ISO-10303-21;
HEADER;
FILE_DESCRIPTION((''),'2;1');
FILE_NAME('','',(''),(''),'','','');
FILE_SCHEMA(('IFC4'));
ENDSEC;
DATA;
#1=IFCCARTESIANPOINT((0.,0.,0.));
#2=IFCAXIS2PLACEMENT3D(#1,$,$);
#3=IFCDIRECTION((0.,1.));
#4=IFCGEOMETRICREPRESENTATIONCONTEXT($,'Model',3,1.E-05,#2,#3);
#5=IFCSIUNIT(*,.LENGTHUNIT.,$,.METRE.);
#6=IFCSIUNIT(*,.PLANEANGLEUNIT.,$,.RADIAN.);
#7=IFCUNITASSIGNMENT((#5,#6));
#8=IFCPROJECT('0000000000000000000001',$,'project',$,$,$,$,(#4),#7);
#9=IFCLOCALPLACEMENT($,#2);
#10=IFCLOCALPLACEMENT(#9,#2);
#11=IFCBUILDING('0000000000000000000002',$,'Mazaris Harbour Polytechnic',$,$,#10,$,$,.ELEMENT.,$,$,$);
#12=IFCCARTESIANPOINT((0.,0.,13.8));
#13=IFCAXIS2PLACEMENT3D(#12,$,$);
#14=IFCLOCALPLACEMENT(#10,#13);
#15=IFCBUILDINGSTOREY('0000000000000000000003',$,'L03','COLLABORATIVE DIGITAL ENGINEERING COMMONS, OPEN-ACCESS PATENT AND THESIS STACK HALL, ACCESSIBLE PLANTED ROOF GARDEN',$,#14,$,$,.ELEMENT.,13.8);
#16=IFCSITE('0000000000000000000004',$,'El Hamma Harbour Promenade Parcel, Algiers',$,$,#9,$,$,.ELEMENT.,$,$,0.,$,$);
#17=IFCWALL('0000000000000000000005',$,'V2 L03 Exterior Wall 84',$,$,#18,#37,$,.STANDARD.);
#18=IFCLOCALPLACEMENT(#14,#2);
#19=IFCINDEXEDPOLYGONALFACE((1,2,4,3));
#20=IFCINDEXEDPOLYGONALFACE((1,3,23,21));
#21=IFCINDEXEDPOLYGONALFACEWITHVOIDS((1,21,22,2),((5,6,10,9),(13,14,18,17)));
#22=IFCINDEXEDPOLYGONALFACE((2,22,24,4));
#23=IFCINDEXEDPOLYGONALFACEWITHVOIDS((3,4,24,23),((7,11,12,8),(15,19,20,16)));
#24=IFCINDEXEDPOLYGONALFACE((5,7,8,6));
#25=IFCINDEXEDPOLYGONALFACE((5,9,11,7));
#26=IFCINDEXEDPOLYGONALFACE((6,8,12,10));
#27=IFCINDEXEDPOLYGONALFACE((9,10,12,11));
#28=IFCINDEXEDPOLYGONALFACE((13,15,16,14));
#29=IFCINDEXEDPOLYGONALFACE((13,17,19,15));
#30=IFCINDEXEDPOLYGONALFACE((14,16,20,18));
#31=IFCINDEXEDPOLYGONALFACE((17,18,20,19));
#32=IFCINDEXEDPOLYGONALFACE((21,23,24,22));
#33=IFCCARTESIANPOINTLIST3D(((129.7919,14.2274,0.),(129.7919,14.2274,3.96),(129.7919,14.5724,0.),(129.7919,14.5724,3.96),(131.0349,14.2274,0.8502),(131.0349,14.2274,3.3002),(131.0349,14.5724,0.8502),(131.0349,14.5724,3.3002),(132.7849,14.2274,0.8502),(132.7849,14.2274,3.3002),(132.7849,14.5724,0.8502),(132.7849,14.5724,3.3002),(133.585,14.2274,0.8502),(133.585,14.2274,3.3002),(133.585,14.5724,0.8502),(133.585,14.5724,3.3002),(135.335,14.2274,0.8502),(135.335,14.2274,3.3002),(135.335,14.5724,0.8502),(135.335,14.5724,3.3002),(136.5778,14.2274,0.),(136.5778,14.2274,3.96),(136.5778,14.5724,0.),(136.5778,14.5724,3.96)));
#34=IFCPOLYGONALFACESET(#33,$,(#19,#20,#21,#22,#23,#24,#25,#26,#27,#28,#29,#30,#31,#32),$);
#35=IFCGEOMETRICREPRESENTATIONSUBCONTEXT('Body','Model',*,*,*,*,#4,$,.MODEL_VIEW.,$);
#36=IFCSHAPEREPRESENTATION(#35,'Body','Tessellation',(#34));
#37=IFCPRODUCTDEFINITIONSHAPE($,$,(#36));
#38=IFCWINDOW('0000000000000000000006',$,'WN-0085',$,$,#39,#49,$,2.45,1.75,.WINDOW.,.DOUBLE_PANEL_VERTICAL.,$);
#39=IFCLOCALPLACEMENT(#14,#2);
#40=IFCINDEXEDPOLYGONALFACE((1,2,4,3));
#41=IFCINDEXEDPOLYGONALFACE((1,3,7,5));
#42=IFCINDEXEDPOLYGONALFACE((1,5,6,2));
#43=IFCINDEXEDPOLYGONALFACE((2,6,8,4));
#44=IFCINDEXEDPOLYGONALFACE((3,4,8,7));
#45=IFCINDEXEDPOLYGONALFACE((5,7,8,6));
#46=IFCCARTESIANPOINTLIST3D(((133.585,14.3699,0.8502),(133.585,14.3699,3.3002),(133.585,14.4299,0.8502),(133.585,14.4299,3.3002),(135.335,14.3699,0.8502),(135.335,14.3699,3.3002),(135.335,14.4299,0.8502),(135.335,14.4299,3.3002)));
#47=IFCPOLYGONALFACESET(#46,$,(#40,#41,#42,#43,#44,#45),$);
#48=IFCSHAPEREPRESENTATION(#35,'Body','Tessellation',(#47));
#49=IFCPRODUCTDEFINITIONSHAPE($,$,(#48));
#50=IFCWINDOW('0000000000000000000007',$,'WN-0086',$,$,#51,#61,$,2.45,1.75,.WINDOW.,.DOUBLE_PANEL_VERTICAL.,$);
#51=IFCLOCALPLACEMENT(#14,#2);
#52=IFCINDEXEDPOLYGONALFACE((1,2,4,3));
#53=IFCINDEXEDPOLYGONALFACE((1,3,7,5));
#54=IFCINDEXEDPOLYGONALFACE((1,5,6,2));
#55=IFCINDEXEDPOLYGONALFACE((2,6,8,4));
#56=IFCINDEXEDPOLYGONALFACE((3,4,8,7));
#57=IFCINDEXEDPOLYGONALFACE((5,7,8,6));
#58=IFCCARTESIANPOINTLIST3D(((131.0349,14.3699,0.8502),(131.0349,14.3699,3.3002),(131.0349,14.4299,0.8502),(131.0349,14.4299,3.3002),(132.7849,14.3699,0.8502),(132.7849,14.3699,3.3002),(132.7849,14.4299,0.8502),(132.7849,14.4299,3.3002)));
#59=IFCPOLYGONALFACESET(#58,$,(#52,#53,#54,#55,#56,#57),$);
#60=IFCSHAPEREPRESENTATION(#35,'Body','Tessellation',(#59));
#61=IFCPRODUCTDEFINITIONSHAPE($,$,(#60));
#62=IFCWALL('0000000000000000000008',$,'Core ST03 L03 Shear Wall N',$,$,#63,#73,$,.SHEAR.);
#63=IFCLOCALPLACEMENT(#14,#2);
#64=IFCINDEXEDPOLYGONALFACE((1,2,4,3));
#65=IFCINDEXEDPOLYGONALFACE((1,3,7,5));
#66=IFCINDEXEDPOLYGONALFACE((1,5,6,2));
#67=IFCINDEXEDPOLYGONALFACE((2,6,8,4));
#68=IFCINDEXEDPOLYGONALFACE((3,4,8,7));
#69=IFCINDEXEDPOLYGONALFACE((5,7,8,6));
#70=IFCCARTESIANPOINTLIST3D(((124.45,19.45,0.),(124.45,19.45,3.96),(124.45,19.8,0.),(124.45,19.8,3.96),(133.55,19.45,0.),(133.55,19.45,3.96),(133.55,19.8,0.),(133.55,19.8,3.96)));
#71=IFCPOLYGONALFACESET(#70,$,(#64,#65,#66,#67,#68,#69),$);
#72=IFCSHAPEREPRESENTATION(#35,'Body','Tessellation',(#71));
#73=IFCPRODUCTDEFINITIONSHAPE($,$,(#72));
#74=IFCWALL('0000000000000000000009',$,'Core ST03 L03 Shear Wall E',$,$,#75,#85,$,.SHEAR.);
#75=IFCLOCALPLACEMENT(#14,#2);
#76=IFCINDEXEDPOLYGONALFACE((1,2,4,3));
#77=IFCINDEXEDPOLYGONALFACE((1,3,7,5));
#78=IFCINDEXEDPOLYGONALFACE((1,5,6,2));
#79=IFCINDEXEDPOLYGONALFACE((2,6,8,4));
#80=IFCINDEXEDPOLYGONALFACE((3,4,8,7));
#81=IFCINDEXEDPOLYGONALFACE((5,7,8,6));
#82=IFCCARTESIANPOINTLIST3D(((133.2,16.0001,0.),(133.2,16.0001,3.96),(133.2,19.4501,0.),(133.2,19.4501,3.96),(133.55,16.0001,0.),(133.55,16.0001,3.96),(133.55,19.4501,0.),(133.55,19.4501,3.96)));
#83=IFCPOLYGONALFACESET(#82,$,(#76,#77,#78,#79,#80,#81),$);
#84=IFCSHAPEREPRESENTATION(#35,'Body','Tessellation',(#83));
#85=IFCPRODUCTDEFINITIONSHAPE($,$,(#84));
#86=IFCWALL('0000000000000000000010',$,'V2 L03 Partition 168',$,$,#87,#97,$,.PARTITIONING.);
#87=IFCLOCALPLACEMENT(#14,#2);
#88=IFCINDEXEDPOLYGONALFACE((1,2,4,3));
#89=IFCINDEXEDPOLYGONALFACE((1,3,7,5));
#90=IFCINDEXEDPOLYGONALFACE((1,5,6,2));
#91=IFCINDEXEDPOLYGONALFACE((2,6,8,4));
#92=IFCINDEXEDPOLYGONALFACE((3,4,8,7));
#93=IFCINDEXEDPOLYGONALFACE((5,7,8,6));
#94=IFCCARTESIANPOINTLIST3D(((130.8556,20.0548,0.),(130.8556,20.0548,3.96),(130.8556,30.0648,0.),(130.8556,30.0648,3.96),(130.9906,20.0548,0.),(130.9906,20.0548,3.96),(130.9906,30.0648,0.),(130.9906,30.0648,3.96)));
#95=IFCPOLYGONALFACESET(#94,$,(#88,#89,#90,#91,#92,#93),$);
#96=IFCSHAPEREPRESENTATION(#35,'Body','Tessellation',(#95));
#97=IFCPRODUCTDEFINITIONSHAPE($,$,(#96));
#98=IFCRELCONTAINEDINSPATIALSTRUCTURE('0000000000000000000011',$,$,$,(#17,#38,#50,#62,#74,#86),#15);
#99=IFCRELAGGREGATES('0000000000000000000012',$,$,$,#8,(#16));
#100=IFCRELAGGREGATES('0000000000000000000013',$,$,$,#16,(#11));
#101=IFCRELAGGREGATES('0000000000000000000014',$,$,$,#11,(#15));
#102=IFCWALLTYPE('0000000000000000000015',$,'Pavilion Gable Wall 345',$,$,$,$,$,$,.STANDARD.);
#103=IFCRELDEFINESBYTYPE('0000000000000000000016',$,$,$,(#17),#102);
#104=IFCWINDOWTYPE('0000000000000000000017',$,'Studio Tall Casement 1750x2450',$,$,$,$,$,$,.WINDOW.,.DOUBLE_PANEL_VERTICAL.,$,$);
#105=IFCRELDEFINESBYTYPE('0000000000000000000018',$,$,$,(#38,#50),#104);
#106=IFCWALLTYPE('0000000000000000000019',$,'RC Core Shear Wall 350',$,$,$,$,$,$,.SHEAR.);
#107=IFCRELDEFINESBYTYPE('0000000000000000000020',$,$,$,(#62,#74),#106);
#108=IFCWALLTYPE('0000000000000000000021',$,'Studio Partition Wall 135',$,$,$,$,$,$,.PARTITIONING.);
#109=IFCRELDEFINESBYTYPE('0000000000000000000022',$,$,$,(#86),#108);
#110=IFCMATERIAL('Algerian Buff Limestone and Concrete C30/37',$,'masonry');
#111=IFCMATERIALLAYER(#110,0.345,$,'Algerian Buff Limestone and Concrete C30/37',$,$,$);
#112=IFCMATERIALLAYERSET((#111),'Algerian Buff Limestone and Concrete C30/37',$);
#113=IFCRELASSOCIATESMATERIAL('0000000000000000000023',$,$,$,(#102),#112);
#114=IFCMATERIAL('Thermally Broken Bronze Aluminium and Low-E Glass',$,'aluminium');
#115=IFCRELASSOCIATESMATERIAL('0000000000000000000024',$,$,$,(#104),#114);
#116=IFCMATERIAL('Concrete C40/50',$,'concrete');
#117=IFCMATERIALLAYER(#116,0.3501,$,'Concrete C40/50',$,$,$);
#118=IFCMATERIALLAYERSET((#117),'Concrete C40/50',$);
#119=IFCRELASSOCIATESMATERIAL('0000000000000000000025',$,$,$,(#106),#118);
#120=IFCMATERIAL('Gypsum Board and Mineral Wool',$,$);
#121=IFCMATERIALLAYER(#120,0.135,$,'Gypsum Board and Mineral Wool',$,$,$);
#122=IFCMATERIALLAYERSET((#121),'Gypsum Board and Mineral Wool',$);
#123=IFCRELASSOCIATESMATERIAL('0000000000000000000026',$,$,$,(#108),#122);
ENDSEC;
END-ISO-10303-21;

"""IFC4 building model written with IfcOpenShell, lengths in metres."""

from ifc_helpers import new_model, si_unit, direction, frame, frame_2d, origin, place, context, subcontext, project, spatial, rectangle, extrude, material, layer, layer_set, type_object, element, fill, save


model = new_model("IFC4")

# Units and contexts
model_context = context("Model", 3, precision=1e-05, world=origin(), true_north=direction((0.0, 1.0)))
body_context = subcontext(model_context, "Body", "Model", "MODEL_VIEW")
ifc_project = project(units=[si_unit("LENGTHUNIT", "METRE"), si_unit("PLANEANGLEUNIT", "RADIAN")], contexts=[model_context])

# Site, building, storey
site_placement = place(None, origin())
site = spatial("IfcSite", under=ifc_project, at=site_placement, Name="El Hamma Harbour Promenade Parcel, Algiers", CompositionType="ELEMENT", RefElevation=0.0)
building_placement = place(site_placement, origin())
building = spatial("IfcBuilding", under=site, at=building_placement, Name="Mazaris Harbour Polytechnic", CompositionType="ELEMENT")
storey_placement = place(building_placement, frame((0.0, 0.0, 13.8)))
storey = spatial("IfcBuildingStorey", under=building, at=storey_placement, Name="L03", Description="COLLABORATIVE DIGITAL ENGINEERING COMMONS, OPEN-ACCESS PATENT AND THESIS STACK HALL, ACCESSIBLE PLANTED ROOF GARDEN", CompositionType="ELEMENT", Elevation=13.8)

# Wall, openings, windows
ifc_material_1 = material(Name="Algerian Buff Limestone and Concrete C30/37", Category="masonry")
ifc_layer_1 = layer(ifc_material_1, 0.345, Name="Algerian Buff Limestone and Concrete C30/37")
ifc_layer_set_1 = layer_set([ifc_layer_1], Name="Algerian Buff Limestone and Concrete C30/37")
wall_type_1 = type_object("IfcWallType", Name="Pavilion Gable Wall 345", PredefinedType="STANDARD", material=ifc_layer_set_1)
wall_1_placement = place(storey_placement, frame((136.5779, 14.3999, 0.0), z_axis=(0.0, 0.0, 1.0), x_axis=(-1.0, 0.0, 0.0)))
wall_1 = element("IfcWall", 1, at=wall_1_placement, inside=storey, type_object=wall_type_1, Name="V2 L03 Exterior Wall 84", PredefinedType="STANDARD", context=body_context, shape_type="SweptSolid", body=[
    extrude(rectangle(XDim=6.7859, YDim=0.345, at=frame_2d((3.3931, 0.0))), origin(), (0.0, 0.0, 1.0), 3.96),
])
opening_1_placement = place(wall_1_placement, frame((1.2429, 0.0, 0.8501)))
opening_1 = element("IfcOpeningElement", 2, at=opening_1_placement, cuts=wall_1, PredefinedType="OPENING", context=body_context, shape_type="SweptSolid", body=[
    extrude(rectangle(XDim=1.75, YDim=2.45, at=frame_2d((0.875, 1.2251))), frame((0.0, 0.1824, 0.0), z_axis=(0.0, -1.0, 0.0), x_axis=(1.0, 0.0, 0.0)), (0.0, 0.0, 1.0), 0.365),
])
opening_2_placement = place(wall_1_placement, frame((3.793, 0.0, 0.8501)))
opening_2 = element("IfcOpeningElement", 3, at=opening_2_placement, cuts=wall_1, PredefinedType="OPENING", context=body_context, shape_type="SweptSolid", body=[
    extrude(rectangle(XDim=1.75, YDim=2.45, at=frame_2d((0.875, 1.2251))), frame((0.0, 0.1824, 0.0), z_axis=(0.0, -1.0, 0.0), x_axis=(1.0, 0.0, 0.0)), (0.0, 0.0, 1.0), 0.365),
])
ifc_material_2 = material(Name="Thermally Broken Bronze Aluminium and Low-E Glass", Category="aluminium")
window_type_1 = type_object("IfcWindowType", Name="Studio Tall Casement 1750x2450", PartitioningType="DOUBLE_PANEL_VERTICAL", PredefinedType="WINDOW", material=ifc_material_2)
window_1_placement = place(opening_1_placement, origin())
window_1 = element("IfcWindow", 4, at=window_1_placement, inside=storey, type_object=window_type_1, Name="WN-0085", OverallHeight=2.45, OverallWidth=1.75, PartitioningType="DOUBLE_PANEL_VERTICAL", PredefinedType="WINDOW", context=body_context, shape_type="SweptSolid", body=[
    extrude(rectangle(XDim=1.75, YDim=2.45, at=frame_2d((0.875, 1.2251))), frame((0.0, 0.03, 0.0), z_axis=(0.0, -1.0, 0.0), x_axis=(1.0, 0.0, 0.0)), (0.0, 0.0, 1.0), 0.0601),
])
fill(opening_1, window_1)
window_2_placement = place(opening_2_placement, origin())
window_2 = element("IfcWindow", 5, at=window_2_placement, inside=storey, type_object=window_type_1, Name="WN-0086", OverallHeight=2.45, OverallWidth=1.75, PartitioningType="DOUBLE_PANEL_VERTICAL", PredefinedType="WINDOW", context=body_context, shape_type="SweptSolid", body=[
    extrude(rectangle(XDim=1.75, YDim=2.45, at=frame_2d((0.875, 1.2251))), frame((0.0, 0.03, 0.0), z_axis=(0.0, -1.0, 0.0), x_axis=(1.0, 0.0, 0.0)), (0.0, 0.0, 1.0), 0.0601),
])
fill(opening_2, window_2)

# Walls
ifc_material_3 = material(Name="Concrete C40/50", Category="concrete")
ifc_layer_2 = layer(ifc_material_3, 0.3501, Name="Concrete C40/50")
ifc_layer_set_2 = layer_set([ifc_layer_2], Name="Concrete C40/50")
wall_type_2 = type_object("IfcWallType", Name="RC Core Shear Wall 350", PredefinedType="SHEAR", material=ifc_layer_set_2)
wall_2_placement = place(storey_placement, frame((133.55, 19.625, 0.0), z_axis=(0.0, 0.0, 1.0), x_axis=(-1.0, 0.0, 0.0)))
element("IfcWall", 6, at=wall_2_placement, inside=storey, type_object=wall_type_2, Name="Core ST03 L03 Shear Wall N", PredefinedType="SHEAR", context=body_context, shape_type="SweptSolid", body=[
    extrude(rectangle(XDim=9.1001, YDim=0.3501, at=frame_2d((4.55, 0.0))), origin(), (0.0, 0.0, 1.0), 3.96),
])
wall_3_placement = place(storey_placement, frame((133.375, 16.0, 0.0), z_axis=(0.0, 0.0, 1.0), x_axis=(0.0, 1.0, 0.0)))
element("IfcWall", 7, at=wall_3_placement, inside=storey, type_object=wall_type_2, Name="Core ST03 L03 Shear Wall E", PredefinedType="SHEAR", context=body_context, shape_type="SweptSolid", body=[
    extrude(rectangle(XDim=3.45, YDim=0.3501, at=frame_2d((1.7251, 0.0))), origin(), (0.0, 0.0, 1.0), 3.96),
])
ifc_material_4 = material(Name="Gypsum Board and Mineral Wool")
ifc_layer_3 = layer(ifc_material_4, 0.135, Name="Gypsum Board and Mineral Wool")
ifc_layer_set_3 = layer_set([ifc_layer_3], Name="Gypsum Board and Mineral Wool")
wall_type_3 = type_object("IfcWallType", Name="Studio Partition Wall 135", PredefinedType="PARTITIONING", material=ifc_layer_set_3)
wall_4_placement = place(storey_placement, frame((130.9231, 20.0549, 0.0), z_axis=(0.0, 0.0, 1.0), x_axis=(0.0, 1.0, 0.0)))
element("IfcWall", 8, at=wall_4_placement, inside=storey, type_object=wall_type_3, Name="V2 L03 Partition 168", PredefinedType="PARTITIONING", context=body_context, shape_type="SweptSolid", body=[
    extrude(rectangle(XDim=10.01, YDim=0.135, at=frame_2d((5.0049, 0.0))), origin(), (0.0, 0.0, 1.0), 3.96),
])

save(model, "model.ifc")
